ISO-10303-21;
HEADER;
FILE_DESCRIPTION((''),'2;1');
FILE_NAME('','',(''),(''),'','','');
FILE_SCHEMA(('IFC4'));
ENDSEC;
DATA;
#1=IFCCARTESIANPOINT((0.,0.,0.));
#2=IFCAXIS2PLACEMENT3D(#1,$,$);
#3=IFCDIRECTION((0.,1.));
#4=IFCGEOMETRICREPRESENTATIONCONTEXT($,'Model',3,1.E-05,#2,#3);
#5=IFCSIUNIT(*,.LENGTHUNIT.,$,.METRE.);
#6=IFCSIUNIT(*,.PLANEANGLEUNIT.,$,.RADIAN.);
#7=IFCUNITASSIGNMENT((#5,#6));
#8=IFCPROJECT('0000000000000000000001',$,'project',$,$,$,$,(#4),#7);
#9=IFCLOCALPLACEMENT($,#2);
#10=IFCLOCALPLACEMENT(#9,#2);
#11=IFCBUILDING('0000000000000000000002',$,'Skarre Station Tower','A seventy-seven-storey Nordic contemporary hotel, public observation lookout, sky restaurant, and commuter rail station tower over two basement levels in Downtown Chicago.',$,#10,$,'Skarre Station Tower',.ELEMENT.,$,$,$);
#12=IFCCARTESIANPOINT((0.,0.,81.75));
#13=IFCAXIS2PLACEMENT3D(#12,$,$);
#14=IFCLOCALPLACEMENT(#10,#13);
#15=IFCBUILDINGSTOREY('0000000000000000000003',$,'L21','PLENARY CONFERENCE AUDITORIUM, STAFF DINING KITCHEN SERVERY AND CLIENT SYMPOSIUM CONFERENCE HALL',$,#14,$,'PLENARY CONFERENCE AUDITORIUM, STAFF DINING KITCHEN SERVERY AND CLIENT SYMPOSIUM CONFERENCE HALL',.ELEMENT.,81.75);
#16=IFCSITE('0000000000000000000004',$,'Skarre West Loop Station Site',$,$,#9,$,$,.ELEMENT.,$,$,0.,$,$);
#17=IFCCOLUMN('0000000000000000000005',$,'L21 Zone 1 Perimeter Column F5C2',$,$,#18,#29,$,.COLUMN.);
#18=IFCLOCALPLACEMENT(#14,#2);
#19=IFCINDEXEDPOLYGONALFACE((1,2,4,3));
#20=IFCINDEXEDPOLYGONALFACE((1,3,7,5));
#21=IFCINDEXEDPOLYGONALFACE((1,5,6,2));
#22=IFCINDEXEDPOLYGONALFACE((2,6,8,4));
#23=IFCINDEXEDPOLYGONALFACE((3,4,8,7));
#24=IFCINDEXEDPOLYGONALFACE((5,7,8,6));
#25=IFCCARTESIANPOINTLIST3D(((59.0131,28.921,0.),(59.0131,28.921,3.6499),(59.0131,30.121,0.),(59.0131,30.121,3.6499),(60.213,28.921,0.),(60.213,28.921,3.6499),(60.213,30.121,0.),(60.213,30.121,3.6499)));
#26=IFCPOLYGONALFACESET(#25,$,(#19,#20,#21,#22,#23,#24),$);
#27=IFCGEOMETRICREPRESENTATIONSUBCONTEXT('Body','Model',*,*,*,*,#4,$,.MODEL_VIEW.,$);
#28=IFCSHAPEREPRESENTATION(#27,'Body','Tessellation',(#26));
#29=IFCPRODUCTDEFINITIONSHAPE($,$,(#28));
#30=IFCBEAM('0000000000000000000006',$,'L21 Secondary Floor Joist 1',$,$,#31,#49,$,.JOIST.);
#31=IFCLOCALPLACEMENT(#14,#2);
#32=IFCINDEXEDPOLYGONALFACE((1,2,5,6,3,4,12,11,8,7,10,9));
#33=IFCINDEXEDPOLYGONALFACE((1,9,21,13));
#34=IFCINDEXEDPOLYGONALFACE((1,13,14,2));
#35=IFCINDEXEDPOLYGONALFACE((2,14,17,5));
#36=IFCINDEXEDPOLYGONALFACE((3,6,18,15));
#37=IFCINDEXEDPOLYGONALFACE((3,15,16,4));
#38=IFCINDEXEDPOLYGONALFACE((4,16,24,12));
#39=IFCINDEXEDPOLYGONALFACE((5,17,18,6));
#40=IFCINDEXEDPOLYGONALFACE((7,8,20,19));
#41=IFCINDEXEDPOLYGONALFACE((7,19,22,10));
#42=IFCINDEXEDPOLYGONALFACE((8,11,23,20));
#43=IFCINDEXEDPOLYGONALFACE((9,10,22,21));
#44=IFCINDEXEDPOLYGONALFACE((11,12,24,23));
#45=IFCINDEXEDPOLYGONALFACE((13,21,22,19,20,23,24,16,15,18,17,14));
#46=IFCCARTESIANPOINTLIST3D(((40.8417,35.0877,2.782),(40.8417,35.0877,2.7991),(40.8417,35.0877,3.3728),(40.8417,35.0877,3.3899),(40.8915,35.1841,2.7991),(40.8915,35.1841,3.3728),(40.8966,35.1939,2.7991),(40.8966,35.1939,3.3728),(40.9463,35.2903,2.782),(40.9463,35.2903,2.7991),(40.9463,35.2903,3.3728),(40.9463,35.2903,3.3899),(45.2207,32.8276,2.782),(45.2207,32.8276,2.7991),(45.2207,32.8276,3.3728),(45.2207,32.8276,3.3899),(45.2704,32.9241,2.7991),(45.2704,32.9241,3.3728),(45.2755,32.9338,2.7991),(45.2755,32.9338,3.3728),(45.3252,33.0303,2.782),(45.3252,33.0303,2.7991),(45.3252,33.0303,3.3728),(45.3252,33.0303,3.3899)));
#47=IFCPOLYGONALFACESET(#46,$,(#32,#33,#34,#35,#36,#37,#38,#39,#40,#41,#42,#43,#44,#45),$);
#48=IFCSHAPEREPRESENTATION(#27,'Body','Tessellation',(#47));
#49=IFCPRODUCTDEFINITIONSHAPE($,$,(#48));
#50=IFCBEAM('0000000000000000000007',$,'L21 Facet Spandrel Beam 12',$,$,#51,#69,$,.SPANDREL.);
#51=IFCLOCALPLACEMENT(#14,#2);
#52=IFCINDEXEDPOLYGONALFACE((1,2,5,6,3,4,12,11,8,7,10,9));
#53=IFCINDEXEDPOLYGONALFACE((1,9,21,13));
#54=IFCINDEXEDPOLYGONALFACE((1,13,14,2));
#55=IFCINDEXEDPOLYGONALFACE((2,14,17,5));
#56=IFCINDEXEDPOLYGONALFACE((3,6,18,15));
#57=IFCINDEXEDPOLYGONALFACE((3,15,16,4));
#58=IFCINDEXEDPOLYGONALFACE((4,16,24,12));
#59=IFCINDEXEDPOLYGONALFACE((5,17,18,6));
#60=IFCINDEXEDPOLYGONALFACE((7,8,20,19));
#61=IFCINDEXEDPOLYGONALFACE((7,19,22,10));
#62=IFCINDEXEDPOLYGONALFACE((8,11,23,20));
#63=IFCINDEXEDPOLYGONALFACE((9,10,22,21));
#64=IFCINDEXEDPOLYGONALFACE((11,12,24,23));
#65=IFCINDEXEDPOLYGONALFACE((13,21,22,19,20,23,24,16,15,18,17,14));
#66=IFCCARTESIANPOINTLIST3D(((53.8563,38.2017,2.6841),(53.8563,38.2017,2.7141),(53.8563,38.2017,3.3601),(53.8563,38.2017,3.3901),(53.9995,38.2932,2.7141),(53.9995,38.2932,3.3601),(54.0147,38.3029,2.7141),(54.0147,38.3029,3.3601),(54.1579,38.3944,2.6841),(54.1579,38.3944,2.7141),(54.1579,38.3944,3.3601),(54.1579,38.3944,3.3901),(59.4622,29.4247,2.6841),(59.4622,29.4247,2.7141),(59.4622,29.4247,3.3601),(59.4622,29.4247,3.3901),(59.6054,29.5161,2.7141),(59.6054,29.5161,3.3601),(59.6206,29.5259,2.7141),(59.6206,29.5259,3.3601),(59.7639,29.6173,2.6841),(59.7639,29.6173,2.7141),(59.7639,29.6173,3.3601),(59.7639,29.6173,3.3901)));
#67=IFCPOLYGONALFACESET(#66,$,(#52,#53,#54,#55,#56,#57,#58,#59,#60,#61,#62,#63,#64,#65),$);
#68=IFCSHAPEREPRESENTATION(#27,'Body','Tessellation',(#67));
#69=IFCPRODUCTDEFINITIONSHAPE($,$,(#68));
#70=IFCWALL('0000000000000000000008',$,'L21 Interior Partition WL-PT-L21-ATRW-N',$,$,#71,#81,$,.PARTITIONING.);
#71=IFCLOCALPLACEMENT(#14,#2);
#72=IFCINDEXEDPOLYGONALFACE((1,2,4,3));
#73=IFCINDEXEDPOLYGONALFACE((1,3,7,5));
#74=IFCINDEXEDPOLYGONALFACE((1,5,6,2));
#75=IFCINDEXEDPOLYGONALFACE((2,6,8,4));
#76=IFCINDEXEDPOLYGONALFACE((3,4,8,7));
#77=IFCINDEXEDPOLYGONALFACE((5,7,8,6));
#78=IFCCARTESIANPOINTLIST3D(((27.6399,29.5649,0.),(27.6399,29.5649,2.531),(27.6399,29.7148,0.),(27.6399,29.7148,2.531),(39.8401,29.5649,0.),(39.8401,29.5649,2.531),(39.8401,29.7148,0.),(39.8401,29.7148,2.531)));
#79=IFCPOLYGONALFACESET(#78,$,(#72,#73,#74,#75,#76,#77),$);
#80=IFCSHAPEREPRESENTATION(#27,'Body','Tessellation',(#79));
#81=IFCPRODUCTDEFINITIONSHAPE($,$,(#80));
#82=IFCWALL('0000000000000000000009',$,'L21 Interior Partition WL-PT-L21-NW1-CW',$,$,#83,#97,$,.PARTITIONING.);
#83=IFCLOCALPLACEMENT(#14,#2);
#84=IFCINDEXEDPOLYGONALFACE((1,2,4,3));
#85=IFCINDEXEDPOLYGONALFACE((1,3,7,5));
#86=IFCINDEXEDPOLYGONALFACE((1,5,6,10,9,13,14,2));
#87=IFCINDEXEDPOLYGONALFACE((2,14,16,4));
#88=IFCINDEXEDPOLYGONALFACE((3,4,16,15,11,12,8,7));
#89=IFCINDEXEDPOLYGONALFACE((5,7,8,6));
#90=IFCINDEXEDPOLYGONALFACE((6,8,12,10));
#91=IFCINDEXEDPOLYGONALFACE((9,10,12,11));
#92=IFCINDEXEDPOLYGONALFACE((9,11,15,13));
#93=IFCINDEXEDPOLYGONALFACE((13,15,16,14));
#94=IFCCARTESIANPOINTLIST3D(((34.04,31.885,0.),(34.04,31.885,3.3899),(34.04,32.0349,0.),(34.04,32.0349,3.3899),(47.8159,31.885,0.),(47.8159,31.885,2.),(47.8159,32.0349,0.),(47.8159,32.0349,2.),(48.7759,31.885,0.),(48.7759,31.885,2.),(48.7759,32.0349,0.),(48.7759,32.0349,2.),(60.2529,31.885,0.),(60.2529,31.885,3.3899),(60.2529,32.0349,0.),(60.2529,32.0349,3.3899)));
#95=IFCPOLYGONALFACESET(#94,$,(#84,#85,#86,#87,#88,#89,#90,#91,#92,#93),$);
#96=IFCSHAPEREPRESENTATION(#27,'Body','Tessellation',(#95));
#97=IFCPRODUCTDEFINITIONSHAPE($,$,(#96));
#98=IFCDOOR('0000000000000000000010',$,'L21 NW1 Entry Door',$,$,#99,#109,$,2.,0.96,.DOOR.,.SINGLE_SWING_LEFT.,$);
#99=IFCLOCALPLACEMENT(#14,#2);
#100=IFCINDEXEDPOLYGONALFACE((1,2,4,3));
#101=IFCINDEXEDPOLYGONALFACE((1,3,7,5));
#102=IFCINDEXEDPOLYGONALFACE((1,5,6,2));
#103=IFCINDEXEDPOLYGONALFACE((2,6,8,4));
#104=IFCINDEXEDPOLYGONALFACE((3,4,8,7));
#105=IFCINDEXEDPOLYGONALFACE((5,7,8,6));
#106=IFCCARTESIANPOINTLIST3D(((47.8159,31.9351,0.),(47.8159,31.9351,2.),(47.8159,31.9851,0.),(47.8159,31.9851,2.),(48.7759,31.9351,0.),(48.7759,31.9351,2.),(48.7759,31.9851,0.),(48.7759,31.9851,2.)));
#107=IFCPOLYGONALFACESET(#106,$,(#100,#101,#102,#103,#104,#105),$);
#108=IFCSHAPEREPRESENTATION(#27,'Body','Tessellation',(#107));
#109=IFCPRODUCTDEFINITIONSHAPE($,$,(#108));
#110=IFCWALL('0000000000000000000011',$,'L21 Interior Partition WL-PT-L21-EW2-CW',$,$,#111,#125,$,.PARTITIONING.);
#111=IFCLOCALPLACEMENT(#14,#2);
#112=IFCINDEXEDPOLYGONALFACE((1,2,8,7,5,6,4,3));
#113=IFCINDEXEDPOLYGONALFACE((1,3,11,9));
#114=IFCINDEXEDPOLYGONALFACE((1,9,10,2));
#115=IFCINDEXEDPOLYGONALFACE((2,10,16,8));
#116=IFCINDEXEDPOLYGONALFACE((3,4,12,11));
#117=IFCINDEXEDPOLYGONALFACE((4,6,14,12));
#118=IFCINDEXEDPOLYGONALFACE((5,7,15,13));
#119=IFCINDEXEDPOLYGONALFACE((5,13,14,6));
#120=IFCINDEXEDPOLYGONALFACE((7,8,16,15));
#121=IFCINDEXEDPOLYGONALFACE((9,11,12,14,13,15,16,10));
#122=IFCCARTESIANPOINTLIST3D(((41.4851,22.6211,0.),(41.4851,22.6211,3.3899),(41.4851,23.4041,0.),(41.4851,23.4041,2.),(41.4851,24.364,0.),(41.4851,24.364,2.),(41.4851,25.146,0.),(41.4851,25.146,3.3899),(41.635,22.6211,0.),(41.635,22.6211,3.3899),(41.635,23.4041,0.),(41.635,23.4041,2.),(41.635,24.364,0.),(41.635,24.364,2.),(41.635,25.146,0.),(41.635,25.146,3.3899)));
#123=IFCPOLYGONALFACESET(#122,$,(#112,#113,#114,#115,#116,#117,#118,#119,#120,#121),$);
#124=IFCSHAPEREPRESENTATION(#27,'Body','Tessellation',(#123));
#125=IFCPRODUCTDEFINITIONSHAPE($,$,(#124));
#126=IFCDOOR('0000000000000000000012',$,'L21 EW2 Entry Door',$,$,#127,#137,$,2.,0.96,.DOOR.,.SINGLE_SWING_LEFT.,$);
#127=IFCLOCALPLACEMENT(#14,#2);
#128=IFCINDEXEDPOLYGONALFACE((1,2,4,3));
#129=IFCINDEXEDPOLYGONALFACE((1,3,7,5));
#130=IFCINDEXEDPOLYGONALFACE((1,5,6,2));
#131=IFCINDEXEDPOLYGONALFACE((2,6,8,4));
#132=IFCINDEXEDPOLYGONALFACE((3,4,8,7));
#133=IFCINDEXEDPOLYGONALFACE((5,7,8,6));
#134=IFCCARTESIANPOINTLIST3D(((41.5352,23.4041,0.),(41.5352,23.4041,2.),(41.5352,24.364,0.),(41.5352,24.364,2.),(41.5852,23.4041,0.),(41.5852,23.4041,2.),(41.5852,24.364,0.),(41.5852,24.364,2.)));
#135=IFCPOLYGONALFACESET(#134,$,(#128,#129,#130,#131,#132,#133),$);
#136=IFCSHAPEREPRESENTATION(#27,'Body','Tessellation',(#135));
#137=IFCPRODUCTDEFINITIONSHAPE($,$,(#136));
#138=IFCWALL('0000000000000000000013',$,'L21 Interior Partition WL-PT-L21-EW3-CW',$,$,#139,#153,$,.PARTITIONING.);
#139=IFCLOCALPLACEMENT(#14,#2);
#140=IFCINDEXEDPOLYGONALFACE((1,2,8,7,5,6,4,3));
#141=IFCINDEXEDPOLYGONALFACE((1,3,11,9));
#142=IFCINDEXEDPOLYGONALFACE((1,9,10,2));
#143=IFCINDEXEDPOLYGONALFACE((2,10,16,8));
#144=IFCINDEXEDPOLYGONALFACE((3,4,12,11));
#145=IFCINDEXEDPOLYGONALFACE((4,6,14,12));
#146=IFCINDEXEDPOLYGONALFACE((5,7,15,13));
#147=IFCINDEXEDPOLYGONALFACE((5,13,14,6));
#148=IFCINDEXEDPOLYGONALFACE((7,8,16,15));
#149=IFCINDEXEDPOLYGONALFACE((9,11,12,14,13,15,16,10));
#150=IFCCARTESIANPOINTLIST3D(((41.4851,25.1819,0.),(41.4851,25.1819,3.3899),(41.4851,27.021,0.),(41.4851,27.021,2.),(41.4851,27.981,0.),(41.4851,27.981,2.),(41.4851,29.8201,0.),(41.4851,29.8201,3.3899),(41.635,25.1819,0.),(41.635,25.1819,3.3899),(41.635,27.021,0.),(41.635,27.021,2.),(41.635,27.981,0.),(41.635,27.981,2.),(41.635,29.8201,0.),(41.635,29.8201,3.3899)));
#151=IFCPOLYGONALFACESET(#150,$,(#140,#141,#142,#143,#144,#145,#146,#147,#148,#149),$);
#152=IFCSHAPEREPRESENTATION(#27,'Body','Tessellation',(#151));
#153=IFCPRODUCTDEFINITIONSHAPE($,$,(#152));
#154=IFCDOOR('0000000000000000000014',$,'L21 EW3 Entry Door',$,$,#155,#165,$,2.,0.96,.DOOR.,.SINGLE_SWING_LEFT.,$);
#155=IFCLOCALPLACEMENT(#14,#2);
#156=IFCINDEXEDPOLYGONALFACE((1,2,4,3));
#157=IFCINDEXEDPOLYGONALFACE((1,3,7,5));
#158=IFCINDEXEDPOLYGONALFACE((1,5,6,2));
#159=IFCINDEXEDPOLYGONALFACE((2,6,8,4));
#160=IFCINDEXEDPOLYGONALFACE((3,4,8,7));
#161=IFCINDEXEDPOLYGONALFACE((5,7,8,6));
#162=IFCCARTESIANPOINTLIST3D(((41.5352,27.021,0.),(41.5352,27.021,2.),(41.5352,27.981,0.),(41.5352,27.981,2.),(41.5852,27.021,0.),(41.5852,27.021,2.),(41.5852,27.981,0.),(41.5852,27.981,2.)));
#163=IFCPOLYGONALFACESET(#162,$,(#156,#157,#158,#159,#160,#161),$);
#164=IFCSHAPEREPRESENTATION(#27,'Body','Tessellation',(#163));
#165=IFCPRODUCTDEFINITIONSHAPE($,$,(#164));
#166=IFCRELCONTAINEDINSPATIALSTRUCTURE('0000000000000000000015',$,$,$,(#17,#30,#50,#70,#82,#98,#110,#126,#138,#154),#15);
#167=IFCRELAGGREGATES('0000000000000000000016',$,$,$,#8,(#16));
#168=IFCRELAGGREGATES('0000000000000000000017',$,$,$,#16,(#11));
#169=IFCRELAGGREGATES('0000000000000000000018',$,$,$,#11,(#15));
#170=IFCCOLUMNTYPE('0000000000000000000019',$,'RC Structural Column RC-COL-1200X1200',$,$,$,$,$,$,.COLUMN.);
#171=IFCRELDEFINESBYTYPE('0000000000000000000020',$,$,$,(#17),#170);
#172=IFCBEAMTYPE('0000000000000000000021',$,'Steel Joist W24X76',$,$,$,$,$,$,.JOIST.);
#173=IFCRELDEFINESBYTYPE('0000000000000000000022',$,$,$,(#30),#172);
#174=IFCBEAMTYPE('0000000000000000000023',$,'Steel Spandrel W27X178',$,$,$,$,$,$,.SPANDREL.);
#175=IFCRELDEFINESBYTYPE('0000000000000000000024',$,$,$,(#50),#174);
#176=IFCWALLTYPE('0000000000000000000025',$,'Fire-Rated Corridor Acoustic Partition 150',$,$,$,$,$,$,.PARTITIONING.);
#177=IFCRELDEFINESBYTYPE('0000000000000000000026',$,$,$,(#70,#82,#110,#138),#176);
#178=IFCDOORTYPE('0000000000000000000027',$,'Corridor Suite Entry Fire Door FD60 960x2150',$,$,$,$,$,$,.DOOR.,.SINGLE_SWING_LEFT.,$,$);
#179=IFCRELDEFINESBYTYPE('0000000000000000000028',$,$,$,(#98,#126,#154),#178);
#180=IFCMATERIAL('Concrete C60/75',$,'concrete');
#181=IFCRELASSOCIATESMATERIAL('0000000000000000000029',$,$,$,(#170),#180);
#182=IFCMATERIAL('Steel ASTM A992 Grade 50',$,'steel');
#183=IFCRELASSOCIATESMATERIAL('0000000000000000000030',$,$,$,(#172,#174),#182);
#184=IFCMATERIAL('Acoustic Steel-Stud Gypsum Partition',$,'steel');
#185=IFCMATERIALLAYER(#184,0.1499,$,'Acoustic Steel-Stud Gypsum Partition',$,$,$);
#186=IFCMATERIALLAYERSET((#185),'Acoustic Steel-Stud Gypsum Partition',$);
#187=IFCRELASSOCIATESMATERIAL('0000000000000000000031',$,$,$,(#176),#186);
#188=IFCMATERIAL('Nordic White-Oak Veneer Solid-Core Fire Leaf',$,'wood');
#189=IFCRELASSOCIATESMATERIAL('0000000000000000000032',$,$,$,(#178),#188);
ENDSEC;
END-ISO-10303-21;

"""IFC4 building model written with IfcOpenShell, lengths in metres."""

from ifc_helpers import new_model, si_unit, direction, frame, frame_2d, origin, origin_2d, place, context, subcontext, project, spatial, rectangle, i_section, extrude, material, layer, layer_set, material_profile, profile_set, type_object, element, fill, save


model = new_model("IFC4")

# Units and contexts
model_context = context("Model", 3, precision=1e-05, world=origin(), true_north=direction((0.0, 1.0)))
body_context = subcontext(model_context, "Body", "Model", "MODEL_VIEW")
ifc_project = project(units=[si_unit("LENGTHUNIT", "METRE"), si_unit("PLANEANGLEUNIT", "RADIAN")], contexts=[model_context])

# Site, building, storey
site_placement = place(None, origin())
site = spatial("IfcSite", under=ifc_project, at=site_placement, Name="Skarre West Loop Station Site", CompositionType="ELEMENT", RefElevation=0.0)
building_placement = place(site_placement, origin())
building = spatial("IfcBuilding", under=site, at=building_placement, Name="Skarre Station Tower", Description="A seventy-seven-storey Nordic contemporary hotel, public observation lookout, sky restaurant, and commuter rail station tower over two basement levels in Downtown Chicago.", LongName="Skarre Station Tower", CompositionType="ELEMENT")
storey_placement = place(building_placement, frame((0.0, 0.0, 81.75)))
storey = spatial("IfcBuildingStorey", under=building, at=storey_placement, Name="L21", Description="PLENARY CONFERENCE AUDITORIUM, STAFF DINING KITCHEN SERVERY AND CLIENT SYMPOSIUM CONFERENCE HALL", LongName="PLENARY CONFERENCE AUDITORIUM, STAFF DINING KITCHEN SERVERY AND CLIENT SYMPOSIUM CONFERENCE HALL", CompositionType="ELEMENT", Elevation=81.75)

# Column
ifc_material_1 = material(Name="Concrete C60/75", Category="concrete")
ifc_material_profile_1 = material_profile(ifc_material_1, rectangle(XDim=1.2, YDim=1.2, at=origin_2d()), Name="Concrete C60/75")
ifc_profile_set_1 = profile_set([ifc_material_profile_1], Name="Concrete C60/75")
column_type = type_object("IfcColumnType", Name="RC Structural Column RC-COL-1200X1200", PredefinedType="COLUMN", material=ifc_profile_set_1)
column_placement = place(storey_placement, frame((59.613, 29.521, 0.0), z_axis=(0.0, 0.0, 1.0), x_axis=(1.0, 0.0, 0.0)))
element("IfcColumn", 1, at=column_placement, inside=storey, type_object=column_type, Name="L21 Zone 1 Perimeter Column F5C2", PredefinedType="COLUMN", context=body_context, shape_type="SweptSolid", body=[
    extrude(rectangle(XDim=1.2, YDim=1.2, at=origin_2d()), origin(), (0.0, 0.0, 1.0), 3.6499),
])

# Beams
ifc_material_2 = material(Name="Steel ASTM A992 Grade 50", Category="steel")
ifc_material_profile_2 = material_profile(ifc_material_2, i_section(OverallWidth=0.228, OverallDepth=0.6079, WebThickness=0.011, FlangeThickness=0.0171, at=origin_2d()), Name="Steel ASTM A992 Grade 50")
ifc_profile_set_2 = profile_set([ifc_material_profile_2], Name="Steel ASTM A992 Grade 50")
beam_type_1 = type_object("IfcBeamType", Name="Steel Joist W24X76", PredefinedType="JOIST", material=ifc_profile_set_2)
beam_1_placement = place(storey_placement, frame((45.2729, 32.929, 3.0859), z_axis=(-0.888627, 0.458632, 0.0), x_axis=(-0.458632, -0.888627, 0.0)))
element("IfcBeam", 2, at=beam_1_placement, inside=storey, type_object=beam_type_1, Name="L21 Secondary Floor Joist 1", PredefinedType="JOIST", context=body_context, shape_type="SweptSolid", body=[
    extrude(i_section(OverallWidth=0.228, OverallDepth=0.6079, WebThickness=0.011, FlangeThickness=0.0171, at=origin_2d()), origin(), (0.0, 0.0, 1.0), 4.9277),
])
ifc_material_profile_3 = material_profile(ifc_material_2, i_section(OverallWidth=0.3579, OverallDepth=0.7061, WebThickness=0.0181, FlangeThickness=0.03, at=origin_2d()), Name="Steel ASTM A992 Grade 50")
ifc_profile_set_3 = profile_set([ifc_material_profile_3], Name="Steel ASTM A992 Grade 50")
beam_type_2 = type_object("IfcBeamType", Name="Steel Spandrel W27X178", PredefinedType="SPANDREL", material=ifc_profile_set_3)
beam_2_placement = place(storey_placement, frame((59.613, 29.521, 3.0371), z_axis=(-0.538278, 0.842767, 0.0), x_axis=(-0.842767, -0.538278, 0.0)))
element("IfcBeam", 3, at=beam_2_placement, inside=storey, type_object=beam_type_2, Name="L21 Facet Spandrel Beam 12", PredefinedType="SPANDREL", context=body_context, shape_type="SweptSolid", body=[
    extrude(i_section(OverallWidth=0.3579, OverallDepth=0.7061, WebThickness=0.0181, FlangeThickness=0.03, at=origin_2d()), origin(), (0.0, 0.0, 1.0), 10.4146),
])

# Wall
ifc_material_3 = material(Name="Acoustic Steel-Stud Gypsum Partition", Category="steel")
ifc_layer_1 = layer(ifc_material_3, 0.1499, Name="Acoustic Steel-Stud Gypsum Partition")
ifc_layer_set_1 = layer_set([ifc_layer_1], Name="Acoustic Steel-Stud Gypsum Partition")
wall_type_1 = type_object("IfcWallType", Name="Fire-Rated Corridor Acoustic Partition 150", PredefinedType="PARTITIONING", material=ifc_layer_set_1)
wall_1_placement = place(storey_placement, frame((39.8401, 29.6399, 0.0), z_axis=(0.0, 0.0, 1.0), x_axis=(-1.0, 0.0, 0.0)))
element("IfcWall", 4, at=wall_1_placement, inside=storey, type_object=wall_type_1, Name="L21 Interior Partition WL-PT-L21-ATRW-N", PredefinedType="PARTITIONING", context=body_context, shape_type="SweptSolid", body=[
    extrude(rectangle(XDim=12.2002, YDim=0.1499, at=frame_2d((6.1001, 0.0))), origin(), (0.0, 0.0, 1.0), 2.531),
])

# Walls, openings, doors
wall_2_placement = place(storey_placement, frame((60.2529, 31.96, 0.0), z_axis=(0.0, 0.0, 1.0), x_axis=(-1.0, 0.0, 0.0)))
wall_2 = element("IfcWall", 5, at=wall_2_placement, inside=storey, type_object=wall_type_1, Name="L21 Interior Partition WL-PT-L21-NW1-CW", PredefinedType="PARTITIONING", context=body_context, shape_type="SweptSolid", body=[
    extrude(rectangle(XDim=26.2129, YDim=0.1499, at=frame_2d((13.1064, 0.0))), origin(), (0.0, 0.0, 1.0), 3.3899),
])
opening_1_placement = place(wall_2_placement, frame((11.4771, 0.0, 0.0)))
opening_1 = element("IfcOpeningElement", 6, at=opening_1_placement, cuts=wall_2, PredefinedType="OPENING", context=body_context, shape_type="SweptSolid", body=[
    extrude(rectangle(XDim=0.96, YDim=2.0, at=frame_2d((0.48, 1.0))), frame((0.0, 0.085, 0.0), z_axis=(0.0, -1.0, 0.0), x_axis=(1.0, 0.0, 0.0)), (0.0, 0.0, 1.0), 0.1699),
])
ifc_material_4 = material(Name="Nordic White-Oak Veneer Solid-Core Fire Leaf", Category="wood")
door_type = type_object("IfcDoorType", Name="Corridor Suite Entry Fire Door FD60 960x2150", OperationType="SINGLE_SWING_LEFT", PredefinedType="DOOR", material=ifc_material_4)
door_1_placement = place(opening_1_placement, origin())
door_1 = element("IfcDoor", 7, at=door_1_placement, inside=storey, type_object=door_type, Name="L21 NW1 Entry Door", OperationType="SINGLE_SWING_LEFT", OverallHeight=2.0, OverallWidth=0.96, PredefinedType="DOOR", context=body_context, shape_type="SweptSolid", body=[
    extrude(rectangle(XDim=0.96, YDim=2.0, at=frame_2d((0.48, 1.0))), frame((0.0, 0.0249, 0.0), z_axis=(0.0, -1.0, 0.0), x_axis=(1.0, 0.0, 0.0)), (0.0, 0.0, 1.0), 0.05),
])
fill(opening_1, door_1)
wall_3_placement = place(storey_placement, frame((41.5601, 22.6211, 0.0), z_axis=(0.0, 0.0, 1.0), x_axis=(0.0, 1.0, 0.0)))
wall_3 = element("IfcWall", 8, at=wall_3_placement, inside=storey, type_object=wall_type_1, Name="L21 Interior Partition WL-PT-L21-EW2-CW", PredefinedType="PARTITIONING", context=body_context, shape_type="SweptSolid", body=[
    extrude(rectangle(XDim=2.5249, YDim=0.1499, at=frame_2d((1.2625, 0.0))), origin(), (0.0, 0.0, 1.0), 3.3899),
])
opening_2_placement = place(wall_3_placement, frame((0.783, 0.0, 0.0)))
opening_2 = element("IfcOpeningElement", 9, at=opening_2_placement, cuts=wall_3, PredefinedType="OPENING", context=body_context, shape_type="SweptSolid", body=[
    extrude(rectangle(XDim=0.96, YDim=2.0, at=frame_2d((0.48, 1.0))), frame((0.0, 0.085, 0.0), z_axis=(0.0, -1.0, 0.0), x_axis=(1.0, 0.0, 0.0)), (0.0, 0.0, 1.0), 0.1699),
])
door_2_placement = place(opening_2_placement, origin())
door_2 = element("IfcDoor", 10, at=door_2_placement, inside=storey, type_object=door_type, Name="L21 EW2 Entry Door", OperationType="SINGLE_SWING_LEFT", OverallHeight=2.0, OverallWidth=0.96, PredefinedType="DOOR", context=body_context, shape_type="SweptSolid", body=[
    extrude(rectangle(XDim=0.96, YDim=2.0, at=frame_2d((0.48, 1.0))), frame((0.0, 0.0249, 0.0), z_axis=(0.0, -1.0, 0.0), x_axis=(1.0, 0.0, 0.0)), (0.0, 0.0, 1.0), 0.05),
])
fill(opening_2, door_2)
wall_4_placement = place(storey_placement, frame((41.5601, 25.1819, 0.0), z_axis=(0.0, 0.0, 1.0), x_axis=(0.0, 1.0, 0.0)))
wall_4 = element("IfcWall", 11, at=wall_4_placement, inside=storey, type_object=wall_type_1, Name="L21 Interior Partition WL-PT-L21-EW3-CW", PredefinedType="PARTITIONING", context=body_context, shape_type="SweptSolid", body=[
    extrude(rectangle(XDim=4.6382, YDim=0.1499, at=frame_2d((2.3191, 0.0))), origin(), (0.0, 0.0, 1.0), 3.3899),
])
opening_3_placement = place(wall_4_placement, frame((1.8391, 0.0, 0.0)))
opening_3 = element("IfcOpeningElement", 12, at=opening_3_placement, cuts=wall_4, PredefinedType="OPENING", context=body_context, shape_type="SweptSolid", body=[
    extrude(rectangle(XDim=0.96, YDim=2.0, at=frame_2d((0.48, 1.0))), frame((0.0, 0.085, 0.0), z_axis=(0.0, -1.0, 0.0), x_axis=(1.0, 0.0, 0.0)), (0.0, 0.0, 1.0), 0.1699),
])
door_3_placement = place(opening_3_placement, origin())
door_3 = element("IfcDoor", 13, at=door_3_placement, inside=storey, type_object=door_type, Name="L21 EW3 Entry Door", OperationType="SINGLE_SWING_LEFT", OverallHeight=2.0, OverallWidth=0.96, PredefinedType="DOOR", context=body_context, shape_type="SweptSolid", body=[
    extrude(rectangle(XDim=0.96, YDim=2.0, at=frame_2d((0.48, 1.0))), frame((0.0, 0.0249, 0.0), z_axis=(0.0, -1.0, 0.0), x_axis=(1.0, 0.0, 0.0)), (0.0, 0.0, 1.0), 0.05),
])
fill(opening_3, door_3)

save(model, "model.ifc")
